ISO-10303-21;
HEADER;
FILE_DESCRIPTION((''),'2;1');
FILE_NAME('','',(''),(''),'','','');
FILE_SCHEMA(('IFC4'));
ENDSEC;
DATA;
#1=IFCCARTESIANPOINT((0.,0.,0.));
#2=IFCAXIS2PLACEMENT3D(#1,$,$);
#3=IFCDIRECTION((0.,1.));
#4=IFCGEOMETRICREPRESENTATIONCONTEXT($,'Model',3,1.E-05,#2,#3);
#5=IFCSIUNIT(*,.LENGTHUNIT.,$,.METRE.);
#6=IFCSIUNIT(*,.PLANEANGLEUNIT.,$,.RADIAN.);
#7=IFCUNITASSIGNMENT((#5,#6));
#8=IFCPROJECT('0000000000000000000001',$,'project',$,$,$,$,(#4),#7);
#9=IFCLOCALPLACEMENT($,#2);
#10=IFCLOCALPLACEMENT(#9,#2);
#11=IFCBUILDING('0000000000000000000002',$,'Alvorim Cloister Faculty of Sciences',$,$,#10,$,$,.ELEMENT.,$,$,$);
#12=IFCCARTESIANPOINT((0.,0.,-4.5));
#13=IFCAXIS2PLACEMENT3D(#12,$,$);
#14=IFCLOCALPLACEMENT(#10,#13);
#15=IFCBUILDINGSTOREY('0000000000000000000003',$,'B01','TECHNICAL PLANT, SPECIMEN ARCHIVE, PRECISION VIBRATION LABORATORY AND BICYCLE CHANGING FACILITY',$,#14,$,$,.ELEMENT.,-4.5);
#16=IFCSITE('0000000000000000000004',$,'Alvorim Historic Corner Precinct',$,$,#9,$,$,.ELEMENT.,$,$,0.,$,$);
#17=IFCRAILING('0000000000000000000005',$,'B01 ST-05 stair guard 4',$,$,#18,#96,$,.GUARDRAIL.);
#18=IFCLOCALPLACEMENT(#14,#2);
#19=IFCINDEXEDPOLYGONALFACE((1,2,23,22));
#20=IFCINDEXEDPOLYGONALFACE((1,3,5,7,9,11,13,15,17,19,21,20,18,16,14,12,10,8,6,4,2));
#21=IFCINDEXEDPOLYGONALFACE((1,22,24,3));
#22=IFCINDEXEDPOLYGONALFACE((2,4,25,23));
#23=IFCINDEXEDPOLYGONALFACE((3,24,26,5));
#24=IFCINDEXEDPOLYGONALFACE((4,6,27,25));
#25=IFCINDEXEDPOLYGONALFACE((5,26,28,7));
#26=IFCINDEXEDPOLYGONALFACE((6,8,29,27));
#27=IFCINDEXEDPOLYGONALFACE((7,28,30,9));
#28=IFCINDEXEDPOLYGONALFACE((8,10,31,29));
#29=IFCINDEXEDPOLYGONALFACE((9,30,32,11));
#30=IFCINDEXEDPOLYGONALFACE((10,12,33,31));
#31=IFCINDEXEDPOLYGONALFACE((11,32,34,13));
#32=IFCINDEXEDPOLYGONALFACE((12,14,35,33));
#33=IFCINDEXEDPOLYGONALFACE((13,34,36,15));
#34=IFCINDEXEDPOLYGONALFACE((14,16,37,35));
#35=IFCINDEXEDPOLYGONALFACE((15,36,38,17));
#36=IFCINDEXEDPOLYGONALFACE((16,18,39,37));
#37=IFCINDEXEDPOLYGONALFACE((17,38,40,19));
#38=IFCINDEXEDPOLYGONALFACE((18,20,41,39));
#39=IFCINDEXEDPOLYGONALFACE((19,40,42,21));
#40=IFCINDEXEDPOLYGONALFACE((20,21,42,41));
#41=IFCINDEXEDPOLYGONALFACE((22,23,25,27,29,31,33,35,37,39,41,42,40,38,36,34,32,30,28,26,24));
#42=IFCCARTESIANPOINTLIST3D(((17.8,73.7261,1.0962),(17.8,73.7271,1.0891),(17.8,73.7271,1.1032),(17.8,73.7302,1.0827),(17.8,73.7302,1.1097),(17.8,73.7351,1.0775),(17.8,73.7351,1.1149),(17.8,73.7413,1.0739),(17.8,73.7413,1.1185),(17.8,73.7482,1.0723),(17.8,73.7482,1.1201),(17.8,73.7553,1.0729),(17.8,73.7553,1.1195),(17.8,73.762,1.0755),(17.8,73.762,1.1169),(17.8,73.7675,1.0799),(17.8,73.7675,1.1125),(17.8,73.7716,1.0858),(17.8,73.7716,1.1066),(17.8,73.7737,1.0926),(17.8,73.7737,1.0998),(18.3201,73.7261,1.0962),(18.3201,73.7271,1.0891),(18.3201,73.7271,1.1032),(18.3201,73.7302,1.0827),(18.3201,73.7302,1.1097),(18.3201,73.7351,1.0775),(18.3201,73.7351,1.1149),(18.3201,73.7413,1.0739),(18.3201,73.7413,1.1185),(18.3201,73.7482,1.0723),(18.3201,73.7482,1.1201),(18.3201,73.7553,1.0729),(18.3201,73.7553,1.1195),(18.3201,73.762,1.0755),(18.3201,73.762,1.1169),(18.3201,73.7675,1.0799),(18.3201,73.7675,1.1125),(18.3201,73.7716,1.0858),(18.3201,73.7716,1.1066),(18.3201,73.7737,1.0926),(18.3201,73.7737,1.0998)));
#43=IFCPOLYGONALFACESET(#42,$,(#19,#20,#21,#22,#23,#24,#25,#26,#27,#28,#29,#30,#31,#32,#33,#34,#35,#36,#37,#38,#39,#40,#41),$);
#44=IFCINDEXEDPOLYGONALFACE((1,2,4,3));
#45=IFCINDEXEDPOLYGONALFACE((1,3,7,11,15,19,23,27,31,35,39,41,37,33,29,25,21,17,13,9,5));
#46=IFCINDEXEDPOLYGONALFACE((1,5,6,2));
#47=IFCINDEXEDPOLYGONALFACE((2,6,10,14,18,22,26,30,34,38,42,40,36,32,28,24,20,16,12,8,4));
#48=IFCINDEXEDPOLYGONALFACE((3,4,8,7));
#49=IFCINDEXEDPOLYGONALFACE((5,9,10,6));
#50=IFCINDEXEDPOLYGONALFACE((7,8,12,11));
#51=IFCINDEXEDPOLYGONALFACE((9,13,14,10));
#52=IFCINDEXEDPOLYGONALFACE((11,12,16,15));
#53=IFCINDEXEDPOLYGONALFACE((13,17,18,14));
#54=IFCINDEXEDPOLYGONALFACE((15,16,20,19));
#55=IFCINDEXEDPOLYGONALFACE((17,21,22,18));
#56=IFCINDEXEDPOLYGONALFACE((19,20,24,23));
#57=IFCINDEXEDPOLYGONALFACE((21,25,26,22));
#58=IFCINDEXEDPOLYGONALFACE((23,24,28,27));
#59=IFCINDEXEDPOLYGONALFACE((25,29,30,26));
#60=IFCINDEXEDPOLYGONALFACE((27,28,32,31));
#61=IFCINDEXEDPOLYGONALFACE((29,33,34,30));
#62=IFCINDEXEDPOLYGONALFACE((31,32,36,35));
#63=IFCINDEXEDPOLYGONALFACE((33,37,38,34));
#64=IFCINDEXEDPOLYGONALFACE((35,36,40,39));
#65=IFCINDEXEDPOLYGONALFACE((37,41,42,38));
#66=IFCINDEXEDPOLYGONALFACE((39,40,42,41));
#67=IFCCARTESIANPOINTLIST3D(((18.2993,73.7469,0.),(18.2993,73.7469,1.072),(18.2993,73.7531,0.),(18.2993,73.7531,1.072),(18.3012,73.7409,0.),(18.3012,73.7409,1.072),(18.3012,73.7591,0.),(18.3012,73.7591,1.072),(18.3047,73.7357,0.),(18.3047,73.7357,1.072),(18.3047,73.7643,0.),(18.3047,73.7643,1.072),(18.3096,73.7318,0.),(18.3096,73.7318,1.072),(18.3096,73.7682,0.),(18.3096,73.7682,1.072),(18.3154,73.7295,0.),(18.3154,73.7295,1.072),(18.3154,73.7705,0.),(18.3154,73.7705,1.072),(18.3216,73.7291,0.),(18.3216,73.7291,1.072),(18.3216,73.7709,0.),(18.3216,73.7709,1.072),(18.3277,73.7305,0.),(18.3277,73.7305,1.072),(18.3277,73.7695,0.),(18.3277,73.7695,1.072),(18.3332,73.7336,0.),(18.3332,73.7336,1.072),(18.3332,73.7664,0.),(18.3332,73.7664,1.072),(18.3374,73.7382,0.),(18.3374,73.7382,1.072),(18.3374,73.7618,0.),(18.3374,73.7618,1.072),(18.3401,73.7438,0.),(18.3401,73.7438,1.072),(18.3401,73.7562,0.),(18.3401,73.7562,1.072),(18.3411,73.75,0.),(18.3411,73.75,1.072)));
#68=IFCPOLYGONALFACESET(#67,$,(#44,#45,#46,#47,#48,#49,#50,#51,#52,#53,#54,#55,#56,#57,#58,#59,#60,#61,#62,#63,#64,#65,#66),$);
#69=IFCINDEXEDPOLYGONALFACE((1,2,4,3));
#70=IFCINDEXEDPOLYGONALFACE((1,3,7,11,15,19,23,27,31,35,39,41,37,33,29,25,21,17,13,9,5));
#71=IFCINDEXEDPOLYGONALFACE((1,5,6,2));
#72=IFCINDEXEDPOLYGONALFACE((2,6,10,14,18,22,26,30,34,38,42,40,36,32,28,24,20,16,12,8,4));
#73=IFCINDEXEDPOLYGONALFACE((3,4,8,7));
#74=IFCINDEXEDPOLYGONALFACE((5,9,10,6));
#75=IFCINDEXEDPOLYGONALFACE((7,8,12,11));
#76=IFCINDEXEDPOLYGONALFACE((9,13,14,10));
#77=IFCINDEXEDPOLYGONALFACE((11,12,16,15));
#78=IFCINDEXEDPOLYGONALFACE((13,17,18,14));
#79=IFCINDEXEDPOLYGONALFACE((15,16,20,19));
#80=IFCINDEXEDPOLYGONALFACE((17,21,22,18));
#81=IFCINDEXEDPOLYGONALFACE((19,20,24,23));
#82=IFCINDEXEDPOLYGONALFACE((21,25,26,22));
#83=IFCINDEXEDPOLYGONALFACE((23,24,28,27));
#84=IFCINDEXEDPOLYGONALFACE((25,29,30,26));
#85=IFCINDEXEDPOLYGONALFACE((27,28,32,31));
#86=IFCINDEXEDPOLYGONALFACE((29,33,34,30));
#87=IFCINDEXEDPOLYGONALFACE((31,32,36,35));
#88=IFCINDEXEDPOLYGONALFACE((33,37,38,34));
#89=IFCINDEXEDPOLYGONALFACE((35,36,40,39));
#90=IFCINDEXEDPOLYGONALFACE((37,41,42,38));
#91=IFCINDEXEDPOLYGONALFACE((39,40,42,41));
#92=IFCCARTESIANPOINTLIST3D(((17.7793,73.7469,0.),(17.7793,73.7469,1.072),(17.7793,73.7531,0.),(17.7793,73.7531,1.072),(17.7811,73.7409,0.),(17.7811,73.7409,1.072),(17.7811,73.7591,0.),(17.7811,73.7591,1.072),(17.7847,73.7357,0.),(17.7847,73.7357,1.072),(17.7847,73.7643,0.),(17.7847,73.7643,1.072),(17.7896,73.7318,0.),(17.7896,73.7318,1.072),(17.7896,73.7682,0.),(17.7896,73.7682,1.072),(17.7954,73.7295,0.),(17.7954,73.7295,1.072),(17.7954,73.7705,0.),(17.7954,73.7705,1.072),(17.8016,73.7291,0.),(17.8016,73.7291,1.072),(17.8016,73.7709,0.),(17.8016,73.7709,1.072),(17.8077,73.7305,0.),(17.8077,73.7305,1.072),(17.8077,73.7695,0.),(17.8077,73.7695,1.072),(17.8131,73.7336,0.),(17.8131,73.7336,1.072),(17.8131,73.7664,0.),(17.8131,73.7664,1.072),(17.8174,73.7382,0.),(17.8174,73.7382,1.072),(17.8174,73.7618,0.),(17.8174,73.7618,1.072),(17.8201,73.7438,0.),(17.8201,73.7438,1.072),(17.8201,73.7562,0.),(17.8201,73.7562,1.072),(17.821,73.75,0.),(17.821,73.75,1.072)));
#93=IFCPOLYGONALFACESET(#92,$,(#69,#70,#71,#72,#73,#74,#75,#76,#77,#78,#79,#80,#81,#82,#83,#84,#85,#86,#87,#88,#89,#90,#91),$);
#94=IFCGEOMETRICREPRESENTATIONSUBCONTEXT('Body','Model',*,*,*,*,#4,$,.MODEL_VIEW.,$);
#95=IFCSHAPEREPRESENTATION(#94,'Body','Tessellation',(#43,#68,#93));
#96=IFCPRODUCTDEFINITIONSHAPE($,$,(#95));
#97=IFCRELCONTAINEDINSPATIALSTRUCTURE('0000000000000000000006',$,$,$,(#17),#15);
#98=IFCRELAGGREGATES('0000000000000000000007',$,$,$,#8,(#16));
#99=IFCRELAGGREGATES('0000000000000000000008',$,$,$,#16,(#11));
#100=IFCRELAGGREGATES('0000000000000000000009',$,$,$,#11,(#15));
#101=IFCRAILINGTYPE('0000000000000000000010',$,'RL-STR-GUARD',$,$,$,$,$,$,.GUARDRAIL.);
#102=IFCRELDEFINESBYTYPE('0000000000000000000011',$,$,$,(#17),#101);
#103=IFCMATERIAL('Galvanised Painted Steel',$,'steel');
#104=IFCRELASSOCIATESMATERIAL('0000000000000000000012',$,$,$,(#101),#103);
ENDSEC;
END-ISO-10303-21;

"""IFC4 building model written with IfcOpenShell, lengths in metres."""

from ifc_helpers import new_model, si_unit, direction, frame, origin, origin_2d, place, context, subcontext, project, spatial, circle, extrude, material, type_object, element, save


model = new_model("IFC4")

# Units and contexts
model_context = context("Model", 3, precision=1e-05, world=origin(), true_north=direction((0.0, 1.0)))
body_context = subcontext(model_context, "Body", "Model", "MODEL_VIEW")
ifc_project = project(units=[si_unit("LENGTHUNIT", "METRE"), si_unit("PLANEANGLEUNIT", "RADIAN")], contexts=[model_context])

# Site, building, storey
site_placement = place(None, origin())
site = spatial("IfcSite", under=ifc_project, at=site_placement, Name="Alvorim Historic Corner Precinct", CompositionType="ELEMENT", RefElevation=0.0)
building_placement = place(site_placement, origin())
building = spatial("IfcBuilding", under=site, at=building_placement, Name="Alvorim Cloister Faculty of Sciences", CompositionType="ELEMENT")
storey_placement = place(building_placement, frame((0.0, 0.0, -4.5)))
storey = spatial("IfcBuildingStorey", under=building, at=storey_placement, Name="B01", Description="TECHNICAL PLANT, SPECIMEN ARCHIVE, PRECISION VIBRATION LABORATORY AND BICYCLE CHANGING FACILITY", CompositionType="ELEMENT", Elevation=-4.5)

# Railing
ifc_material_1 = material(Name="Galvanised Painted Steel", Category="steel")
railing_type_1 = type_object("IfcRailingType", Name="RL-STR-GUARD", PredefinedType="GUARDRAIL", material=ifc_material_1)
railing_1_placement = place(storey_placement, frame((18.3201, 73.75, 0.0)))
element("IfcRailing", 1, at=railing_1_placement, inside=storey, type_object=railing_type_1, Name="B01 ST-05 stair guard 4", PredefinedType="GUARDRAIL", context=body_context, shape_type="SweptSolid", body=[
    extrude(circle(Radius=0.0239, at=origin_2d()), frame((0.0, 0.0, 1.0962), z_axis=(-1.0, 0.0, 0.0), x_axis=(0.0, -1.0, 0.0)), (0.0, 0.0, 1.0), 0.52),
    extrude(circle(Radius=0.021, at=origin_2d()), origin(), (0.0, 0.0, 1.0), 1.072),
    extrude(circle(Radius=0.021, at=origin_2d()), frame((-0.52, 0.0, 0.0)), (0.0, 0.0, 1.0), 1.072),
])

save(model, "model.ifc")
